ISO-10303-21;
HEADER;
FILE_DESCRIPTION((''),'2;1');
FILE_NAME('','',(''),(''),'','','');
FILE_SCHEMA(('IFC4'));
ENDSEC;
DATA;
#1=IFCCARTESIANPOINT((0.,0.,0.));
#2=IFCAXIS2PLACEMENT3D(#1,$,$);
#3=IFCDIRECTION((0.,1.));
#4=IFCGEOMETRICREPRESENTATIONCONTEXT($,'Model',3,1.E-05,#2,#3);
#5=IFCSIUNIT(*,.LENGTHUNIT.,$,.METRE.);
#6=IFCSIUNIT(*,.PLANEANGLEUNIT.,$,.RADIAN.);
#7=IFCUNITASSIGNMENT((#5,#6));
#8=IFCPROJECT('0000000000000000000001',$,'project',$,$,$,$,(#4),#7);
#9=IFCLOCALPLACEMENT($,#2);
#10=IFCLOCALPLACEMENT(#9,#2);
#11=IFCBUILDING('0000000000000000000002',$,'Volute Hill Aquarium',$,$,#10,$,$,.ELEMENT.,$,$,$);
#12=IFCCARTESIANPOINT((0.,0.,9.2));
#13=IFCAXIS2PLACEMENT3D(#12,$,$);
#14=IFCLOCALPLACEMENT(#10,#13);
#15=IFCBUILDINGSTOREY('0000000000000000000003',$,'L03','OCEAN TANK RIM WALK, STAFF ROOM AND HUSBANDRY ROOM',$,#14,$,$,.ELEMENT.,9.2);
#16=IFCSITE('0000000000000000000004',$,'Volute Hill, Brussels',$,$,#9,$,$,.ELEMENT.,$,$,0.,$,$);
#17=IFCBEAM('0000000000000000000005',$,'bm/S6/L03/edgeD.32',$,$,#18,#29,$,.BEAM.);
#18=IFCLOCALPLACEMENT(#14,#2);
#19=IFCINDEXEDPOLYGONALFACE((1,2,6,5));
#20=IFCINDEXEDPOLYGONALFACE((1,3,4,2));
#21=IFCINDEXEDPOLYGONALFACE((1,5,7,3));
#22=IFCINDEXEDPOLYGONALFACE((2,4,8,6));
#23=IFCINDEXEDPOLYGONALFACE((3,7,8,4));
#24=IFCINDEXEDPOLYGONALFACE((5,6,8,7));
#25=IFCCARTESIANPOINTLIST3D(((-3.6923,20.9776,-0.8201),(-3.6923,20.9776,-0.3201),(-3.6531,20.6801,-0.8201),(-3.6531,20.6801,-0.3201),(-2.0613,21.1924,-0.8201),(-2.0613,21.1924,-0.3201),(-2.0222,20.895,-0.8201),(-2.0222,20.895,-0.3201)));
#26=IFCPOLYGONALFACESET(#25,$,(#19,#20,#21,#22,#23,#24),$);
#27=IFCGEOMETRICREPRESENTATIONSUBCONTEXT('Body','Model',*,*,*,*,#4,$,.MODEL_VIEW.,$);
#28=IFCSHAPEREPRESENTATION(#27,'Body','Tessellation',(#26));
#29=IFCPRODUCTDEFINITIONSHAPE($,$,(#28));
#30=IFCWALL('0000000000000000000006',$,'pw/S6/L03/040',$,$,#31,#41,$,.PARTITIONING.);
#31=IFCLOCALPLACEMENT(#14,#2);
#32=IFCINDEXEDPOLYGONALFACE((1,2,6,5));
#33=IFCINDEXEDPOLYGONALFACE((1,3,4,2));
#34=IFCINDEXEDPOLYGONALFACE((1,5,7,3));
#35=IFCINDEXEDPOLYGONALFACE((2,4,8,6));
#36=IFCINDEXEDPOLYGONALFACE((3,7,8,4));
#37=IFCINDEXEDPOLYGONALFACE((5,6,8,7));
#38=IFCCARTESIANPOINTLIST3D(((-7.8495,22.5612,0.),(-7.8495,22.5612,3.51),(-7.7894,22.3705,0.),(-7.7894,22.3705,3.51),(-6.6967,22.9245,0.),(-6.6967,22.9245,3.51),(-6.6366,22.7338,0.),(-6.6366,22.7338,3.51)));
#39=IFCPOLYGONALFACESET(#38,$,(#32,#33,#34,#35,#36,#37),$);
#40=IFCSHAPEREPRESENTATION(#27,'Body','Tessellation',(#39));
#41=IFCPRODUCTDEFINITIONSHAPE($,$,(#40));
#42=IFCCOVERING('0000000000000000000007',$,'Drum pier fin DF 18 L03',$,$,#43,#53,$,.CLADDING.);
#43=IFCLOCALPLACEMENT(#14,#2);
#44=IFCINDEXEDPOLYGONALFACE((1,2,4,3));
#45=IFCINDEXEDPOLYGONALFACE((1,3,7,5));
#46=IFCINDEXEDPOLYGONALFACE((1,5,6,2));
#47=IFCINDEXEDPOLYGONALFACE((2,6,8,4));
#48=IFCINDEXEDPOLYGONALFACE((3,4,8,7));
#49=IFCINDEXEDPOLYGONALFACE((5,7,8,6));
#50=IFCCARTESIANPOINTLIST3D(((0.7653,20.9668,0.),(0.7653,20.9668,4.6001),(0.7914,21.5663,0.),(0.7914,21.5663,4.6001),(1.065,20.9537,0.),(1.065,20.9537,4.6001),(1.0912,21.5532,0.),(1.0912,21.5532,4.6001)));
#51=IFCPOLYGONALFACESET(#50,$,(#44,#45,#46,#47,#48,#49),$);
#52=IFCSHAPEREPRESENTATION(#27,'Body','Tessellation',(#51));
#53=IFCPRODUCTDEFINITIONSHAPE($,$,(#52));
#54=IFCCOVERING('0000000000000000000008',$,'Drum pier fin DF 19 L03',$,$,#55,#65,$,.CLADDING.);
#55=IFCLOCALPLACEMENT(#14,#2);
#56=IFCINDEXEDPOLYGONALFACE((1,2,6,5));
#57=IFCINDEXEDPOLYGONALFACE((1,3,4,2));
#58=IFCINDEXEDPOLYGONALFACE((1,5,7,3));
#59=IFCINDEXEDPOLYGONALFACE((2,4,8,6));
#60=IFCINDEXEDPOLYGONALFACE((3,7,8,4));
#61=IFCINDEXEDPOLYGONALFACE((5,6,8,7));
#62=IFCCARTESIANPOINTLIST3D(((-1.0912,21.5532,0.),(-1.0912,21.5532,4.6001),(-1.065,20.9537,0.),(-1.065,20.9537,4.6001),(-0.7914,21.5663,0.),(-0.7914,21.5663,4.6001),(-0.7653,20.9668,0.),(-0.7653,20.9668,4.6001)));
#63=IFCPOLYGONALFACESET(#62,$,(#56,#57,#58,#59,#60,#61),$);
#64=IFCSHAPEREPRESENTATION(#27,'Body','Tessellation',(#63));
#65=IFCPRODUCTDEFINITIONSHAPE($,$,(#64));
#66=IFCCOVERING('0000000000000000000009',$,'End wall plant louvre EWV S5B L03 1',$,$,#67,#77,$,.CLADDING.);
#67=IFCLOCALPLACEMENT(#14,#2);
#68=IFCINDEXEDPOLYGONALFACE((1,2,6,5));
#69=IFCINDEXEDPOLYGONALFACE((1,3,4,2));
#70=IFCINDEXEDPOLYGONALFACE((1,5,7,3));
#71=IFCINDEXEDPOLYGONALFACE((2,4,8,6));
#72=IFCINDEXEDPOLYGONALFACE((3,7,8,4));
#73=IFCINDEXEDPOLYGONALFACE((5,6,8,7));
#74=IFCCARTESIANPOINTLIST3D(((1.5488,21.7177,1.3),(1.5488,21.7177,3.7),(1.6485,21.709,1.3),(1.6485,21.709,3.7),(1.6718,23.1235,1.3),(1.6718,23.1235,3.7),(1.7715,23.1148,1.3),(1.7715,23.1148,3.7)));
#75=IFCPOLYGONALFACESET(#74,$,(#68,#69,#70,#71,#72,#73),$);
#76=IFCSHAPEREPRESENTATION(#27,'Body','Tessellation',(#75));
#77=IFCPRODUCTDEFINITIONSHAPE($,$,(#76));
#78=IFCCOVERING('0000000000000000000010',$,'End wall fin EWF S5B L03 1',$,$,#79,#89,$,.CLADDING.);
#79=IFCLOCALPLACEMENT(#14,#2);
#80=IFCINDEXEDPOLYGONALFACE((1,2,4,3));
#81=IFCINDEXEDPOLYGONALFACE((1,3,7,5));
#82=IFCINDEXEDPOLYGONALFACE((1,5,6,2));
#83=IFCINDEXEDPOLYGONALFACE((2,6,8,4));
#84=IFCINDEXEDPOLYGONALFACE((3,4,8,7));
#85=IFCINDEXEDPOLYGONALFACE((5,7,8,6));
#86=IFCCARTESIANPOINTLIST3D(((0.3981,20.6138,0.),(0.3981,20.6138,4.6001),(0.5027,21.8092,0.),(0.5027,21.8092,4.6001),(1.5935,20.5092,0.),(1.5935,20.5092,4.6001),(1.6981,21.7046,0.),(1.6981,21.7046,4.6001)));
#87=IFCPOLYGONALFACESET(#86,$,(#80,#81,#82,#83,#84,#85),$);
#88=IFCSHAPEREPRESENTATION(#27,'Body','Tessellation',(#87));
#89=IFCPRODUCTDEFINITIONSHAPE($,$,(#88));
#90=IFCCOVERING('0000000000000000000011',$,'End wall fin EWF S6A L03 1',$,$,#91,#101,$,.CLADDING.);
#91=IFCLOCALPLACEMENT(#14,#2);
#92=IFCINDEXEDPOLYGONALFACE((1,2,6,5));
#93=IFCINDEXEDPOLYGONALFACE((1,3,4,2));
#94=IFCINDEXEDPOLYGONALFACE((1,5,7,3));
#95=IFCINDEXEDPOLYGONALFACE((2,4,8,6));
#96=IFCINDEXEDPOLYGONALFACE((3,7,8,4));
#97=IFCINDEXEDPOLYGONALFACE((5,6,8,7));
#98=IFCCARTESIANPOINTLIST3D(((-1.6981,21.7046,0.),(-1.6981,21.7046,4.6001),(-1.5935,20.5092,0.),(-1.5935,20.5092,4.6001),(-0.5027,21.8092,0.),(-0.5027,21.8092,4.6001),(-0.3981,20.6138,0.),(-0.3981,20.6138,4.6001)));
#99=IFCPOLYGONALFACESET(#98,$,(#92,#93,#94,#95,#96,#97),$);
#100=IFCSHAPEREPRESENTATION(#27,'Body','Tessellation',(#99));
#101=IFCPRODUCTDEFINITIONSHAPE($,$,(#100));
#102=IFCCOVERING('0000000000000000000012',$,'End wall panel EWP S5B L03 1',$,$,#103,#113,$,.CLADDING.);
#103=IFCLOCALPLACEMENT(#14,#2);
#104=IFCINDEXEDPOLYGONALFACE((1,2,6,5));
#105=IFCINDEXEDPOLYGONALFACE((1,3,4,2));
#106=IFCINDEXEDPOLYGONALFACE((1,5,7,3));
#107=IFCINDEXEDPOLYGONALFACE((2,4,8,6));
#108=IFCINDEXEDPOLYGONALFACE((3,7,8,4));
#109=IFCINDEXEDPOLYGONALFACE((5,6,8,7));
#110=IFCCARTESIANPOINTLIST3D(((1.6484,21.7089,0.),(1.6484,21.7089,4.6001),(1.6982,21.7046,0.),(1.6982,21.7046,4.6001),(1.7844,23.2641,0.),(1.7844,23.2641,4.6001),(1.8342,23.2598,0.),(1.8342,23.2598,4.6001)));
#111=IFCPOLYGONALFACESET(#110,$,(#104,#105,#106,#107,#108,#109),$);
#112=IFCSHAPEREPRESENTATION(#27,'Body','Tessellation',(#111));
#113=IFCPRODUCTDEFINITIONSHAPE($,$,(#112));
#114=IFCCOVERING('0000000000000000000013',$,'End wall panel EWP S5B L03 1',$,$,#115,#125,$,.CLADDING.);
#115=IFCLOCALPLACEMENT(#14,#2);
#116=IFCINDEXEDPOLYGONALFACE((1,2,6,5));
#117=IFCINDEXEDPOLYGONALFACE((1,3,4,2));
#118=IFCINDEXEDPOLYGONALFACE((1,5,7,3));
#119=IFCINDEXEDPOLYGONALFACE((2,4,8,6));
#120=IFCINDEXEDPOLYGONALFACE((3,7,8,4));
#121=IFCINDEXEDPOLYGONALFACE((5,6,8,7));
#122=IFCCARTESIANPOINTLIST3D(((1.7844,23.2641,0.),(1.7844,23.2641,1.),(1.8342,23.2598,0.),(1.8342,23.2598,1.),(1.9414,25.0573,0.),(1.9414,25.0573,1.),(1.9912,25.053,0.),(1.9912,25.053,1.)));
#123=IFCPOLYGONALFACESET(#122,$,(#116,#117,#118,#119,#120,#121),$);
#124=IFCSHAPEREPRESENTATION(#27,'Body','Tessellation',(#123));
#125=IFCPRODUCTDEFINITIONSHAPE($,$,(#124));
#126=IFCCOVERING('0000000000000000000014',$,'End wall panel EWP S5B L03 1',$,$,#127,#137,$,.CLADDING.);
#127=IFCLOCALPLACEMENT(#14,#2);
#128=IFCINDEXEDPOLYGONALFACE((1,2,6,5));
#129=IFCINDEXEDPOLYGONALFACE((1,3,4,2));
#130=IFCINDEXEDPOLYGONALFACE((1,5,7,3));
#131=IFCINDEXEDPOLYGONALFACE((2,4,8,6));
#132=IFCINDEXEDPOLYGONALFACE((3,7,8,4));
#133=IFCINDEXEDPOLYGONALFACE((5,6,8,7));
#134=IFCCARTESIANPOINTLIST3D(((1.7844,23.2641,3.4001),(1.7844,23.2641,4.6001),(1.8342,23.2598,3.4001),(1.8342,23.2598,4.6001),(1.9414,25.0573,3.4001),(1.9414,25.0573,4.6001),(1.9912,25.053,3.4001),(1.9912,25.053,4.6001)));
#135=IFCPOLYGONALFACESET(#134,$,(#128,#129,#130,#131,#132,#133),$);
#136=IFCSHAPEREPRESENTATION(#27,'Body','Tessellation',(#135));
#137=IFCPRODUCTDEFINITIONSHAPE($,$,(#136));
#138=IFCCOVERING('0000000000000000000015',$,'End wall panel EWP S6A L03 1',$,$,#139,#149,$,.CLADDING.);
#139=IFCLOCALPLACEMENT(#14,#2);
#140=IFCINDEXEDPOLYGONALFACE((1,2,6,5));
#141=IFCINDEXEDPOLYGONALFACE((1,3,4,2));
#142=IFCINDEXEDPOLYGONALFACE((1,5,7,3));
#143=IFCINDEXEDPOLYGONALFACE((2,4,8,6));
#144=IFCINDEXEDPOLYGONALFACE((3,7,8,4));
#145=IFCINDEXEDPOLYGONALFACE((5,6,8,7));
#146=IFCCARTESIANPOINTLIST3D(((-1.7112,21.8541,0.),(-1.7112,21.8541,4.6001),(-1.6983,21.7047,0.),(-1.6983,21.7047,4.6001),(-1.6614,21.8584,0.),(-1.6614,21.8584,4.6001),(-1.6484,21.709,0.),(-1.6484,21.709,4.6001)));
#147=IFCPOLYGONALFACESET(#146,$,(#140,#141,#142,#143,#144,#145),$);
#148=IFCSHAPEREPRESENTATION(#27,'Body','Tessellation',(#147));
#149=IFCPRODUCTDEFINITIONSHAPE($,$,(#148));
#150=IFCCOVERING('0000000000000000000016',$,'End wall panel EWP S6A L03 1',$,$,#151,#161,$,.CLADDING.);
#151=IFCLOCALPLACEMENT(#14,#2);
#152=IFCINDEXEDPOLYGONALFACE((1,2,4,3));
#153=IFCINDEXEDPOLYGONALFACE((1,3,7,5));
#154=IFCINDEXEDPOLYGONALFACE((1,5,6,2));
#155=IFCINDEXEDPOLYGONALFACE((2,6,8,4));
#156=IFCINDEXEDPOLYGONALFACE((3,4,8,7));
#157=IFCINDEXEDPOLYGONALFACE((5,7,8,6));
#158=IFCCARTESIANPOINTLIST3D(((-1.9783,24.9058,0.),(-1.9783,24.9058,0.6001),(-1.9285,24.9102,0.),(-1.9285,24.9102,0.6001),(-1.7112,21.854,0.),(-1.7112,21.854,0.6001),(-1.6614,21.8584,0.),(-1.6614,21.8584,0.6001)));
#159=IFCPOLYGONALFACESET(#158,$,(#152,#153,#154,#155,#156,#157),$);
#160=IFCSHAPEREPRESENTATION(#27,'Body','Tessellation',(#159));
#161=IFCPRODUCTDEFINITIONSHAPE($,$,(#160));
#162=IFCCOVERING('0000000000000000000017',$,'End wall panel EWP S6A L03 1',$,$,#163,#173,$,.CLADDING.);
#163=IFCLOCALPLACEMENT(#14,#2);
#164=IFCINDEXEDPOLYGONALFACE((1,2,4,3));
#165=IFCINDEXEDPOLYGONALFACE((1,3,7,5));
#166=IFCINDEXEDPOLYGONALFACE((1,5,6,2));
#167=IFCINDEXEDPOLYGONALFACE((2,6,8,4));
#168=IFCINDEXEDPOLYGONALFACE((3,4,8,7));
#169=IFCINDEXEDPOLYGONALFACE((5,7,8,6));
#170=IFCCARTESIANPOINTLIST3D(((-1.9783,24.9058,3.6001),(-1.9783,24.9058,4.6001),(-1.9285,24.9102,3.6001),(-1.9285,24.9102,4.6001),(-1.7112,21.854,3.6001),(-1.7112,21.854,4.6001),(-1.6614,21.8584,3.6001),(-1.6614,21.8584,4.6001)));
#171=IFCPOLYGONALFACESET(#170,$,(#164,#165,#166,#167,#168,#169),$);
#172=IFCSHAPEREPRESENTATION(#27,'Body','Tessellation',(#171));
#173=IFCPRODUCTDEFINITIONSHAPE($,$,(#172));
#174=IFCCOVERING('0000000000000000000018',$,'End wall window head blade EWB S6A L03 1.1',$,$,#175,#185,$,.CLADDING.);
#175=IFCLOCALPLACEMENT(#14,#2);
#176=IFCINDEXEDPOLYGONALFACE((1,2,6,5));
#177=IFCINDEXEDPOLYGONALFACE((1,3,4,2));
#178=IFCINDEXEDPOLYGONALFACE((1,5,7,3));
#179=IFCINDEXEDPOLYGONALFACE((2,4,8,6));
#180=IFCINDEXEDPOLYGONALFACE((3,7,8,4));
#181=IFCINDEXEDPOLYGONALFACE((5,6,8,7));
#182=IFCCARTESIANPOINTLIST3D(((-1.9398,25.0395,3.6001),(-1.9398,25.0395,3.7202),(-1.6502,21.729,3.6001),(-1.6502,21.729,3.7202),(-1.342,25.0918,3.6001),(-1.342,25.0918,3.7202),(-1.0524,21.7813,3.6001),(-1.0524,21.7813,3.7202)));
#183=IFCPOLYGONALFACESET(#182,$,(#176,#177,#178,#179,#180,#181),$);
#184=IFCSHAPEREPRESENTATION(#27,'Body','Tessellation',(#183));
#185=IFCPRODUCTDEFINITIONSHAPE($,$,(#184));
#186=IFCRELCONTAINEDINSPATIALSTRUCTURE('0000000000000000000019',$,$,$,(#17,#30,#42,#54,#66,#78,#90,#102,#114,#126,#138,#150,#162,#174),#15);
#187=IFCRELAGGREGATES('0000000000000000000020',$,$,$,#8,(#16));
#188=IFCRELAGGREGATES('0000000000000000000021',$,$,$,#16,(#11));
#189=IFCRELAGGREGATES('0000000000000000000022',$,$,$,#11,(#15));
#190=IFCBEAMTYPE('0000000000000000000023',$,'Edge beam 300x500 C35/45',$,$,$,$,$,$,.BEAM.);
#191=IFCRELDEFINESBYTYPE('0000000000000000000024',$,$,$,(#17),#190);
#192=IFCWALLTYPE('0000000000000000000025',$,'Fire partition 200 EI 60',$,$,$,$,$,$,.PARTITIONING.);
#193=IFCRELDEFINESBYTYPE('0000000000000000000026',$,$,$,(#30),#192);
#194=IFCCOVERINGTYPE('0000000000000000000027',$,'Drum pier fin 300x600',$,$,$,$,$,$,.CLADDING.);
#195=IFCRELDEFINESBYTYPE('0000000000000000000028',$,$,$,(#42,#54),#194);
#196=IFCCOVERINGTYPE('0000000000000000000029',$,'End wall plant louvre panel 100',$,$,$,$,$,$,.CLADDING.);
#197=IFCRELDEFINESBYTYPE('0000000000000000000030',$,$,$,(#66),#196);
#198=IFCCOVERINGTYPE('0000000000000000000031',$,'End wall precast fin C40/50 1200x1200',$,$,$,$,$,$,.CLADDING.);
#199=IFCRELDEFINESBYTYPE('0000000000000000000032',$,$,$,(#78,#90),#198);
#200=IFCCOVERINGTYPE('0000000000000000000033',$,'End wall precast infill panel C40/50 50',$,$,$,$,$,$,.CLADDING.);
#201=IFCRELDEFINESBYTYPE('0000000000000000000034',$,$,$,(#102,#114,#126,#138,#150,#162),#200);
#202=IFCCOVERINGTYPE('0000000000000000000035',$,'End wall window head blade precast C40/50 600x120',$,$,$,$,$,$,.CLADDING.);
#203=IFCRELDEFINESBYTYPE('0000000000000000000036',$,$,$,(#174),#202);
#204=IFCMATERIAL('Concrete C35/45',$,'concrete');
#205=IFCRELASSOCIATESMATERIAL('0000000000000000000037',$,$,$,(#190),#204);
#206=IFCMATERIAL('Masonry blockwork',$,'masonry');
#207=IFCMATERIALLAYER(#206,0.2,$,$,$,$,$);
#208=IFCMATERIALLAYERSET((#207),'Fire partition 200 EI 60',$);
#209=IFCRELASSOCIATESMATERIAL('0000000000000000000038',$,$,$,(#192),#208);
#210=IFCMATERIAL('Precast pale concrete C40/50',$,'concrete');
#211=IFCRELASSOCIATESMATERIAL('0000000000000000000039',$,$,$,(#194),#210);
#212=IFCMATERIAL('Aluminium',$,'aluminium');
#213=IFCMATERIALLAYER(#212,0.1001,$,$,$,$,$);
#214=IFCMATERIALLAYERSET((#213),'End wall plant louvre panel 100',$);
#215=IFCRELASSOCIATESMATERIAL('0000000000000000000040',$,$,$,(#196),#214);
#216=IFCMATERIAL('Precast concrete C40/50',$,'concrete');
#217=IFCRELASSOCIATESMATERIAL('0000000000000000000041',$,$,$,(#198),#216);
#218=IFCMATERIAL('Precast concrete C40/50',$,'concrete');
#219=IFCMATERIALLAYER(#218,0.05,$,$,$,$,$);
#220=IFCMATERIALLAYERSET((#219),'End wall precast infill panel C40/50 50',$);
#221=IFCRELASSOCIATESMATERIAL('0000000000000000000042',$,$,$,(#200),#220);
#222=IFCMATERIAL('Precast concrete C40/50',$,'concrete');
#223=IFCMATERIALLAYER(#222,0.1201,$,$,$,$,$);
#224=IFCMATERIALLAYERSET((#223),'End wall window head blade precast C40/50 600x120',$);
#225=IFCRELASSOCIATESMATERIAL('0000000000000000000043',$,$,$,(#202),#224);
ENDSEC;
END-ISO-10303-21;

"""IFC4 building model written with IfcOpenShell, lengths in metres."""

from ifc_helpers import new_model, si_unit, direction, frame, frame_2d, origin, origin_2d, place, context, subcontext, project, spatial, polyline, rectangle, outline, extrude, material, layer, layer_set, material_profile, profile_set, type_object, element, save


model = new_model("IFC4")

# Units and contexts
model_context = context("Model", 3, precision=1e-05, world=origin(), true_north=direction((0.0, 1.0)))
body_context = subcontext(model_context, "Body", "Model", "MODEL_VIEW")
ifc_project = project(units=[si_unit("LENGTHUNIT", "METRE"), si_unit("PLANEANGLEUNIT", "RADIAN")], contexts=[model_context])

# Site, building, storey
site_placement = place(None, origin())
site = spatial("IfcSite", under=ifc_project, at=site_placement, Name="Volute Hill, Brussels", CompositionType="ELEMENT", RefElevation=0.0)
building_placement = place(site_placement, origin())
building = spatial("IfcBuilding", under=site, at=building_placement, Name="Volute Hill Aquarium", CompositionType="ELEMENT")
storey_placement = place(building_placement, frame((0.0, 0.0, 9.2)))
storey = spatial("IfcBuildingStorey", under=building, at=storey_placement, Name="L03", Description="OCEAN TANK RIM WALK, STAFF ROOM AND HUSBANDRY ROOM", CompositionType="ELEMENT", Elevation=9.2)

# Beam
ifc_material_1 = material(Name="Concrete C35/45", Category="concrete")
ifc_material_profile = material_profile(ifc_material_1, rectangle(XDim=0.3, YDim=0.5, at=origin_2d()), Name="RC edge beam 300x500")
ifc_profile_set = profile_set([ifc_material_profile], Name="Concrete C35/45")
beam_type = type_object("IfcBeamType", Name="Edge beam 300x500 C35/45", PredefinedType="BEAM", material=ifc_profile_set)
beam_placement = place(storey_placement, frame((-2.0417, 21.0437, -0.5701), z_axis=(-0.991434, -0.130608, 0.0), x_axis=(0.130608, -0.991434, 0.0)))
element("IfcBeam", 1, at=beam_placement, inside=storey, type_object=beam_type, Name="bm/S6/L03/edgeD.32", PredefinedType="BEAM", context=body_context, shape_type="SweptSolid", body=[
    extrude(rectangle(XDim=0.3, YDim=0.5, at=origin_2d()), origin(), (0.0, 0.0, 1.0), 1.645),
])

# Shared definitions
ifc_material_2 = material(Name="Masonry blockwork", Category="masonry")
ifc_layer_1 = layer(ifc_material_2, 0.2)
ifc_layer_set_1 = layer_set([ifc_layer_1], Name="Fire partition 200 EI 60")
wall_type = type_object("IfcWallType", Name="Fire partition 200 EI 60", PredefinedType="PARTITIONING", material=ifc_layer_set_1)

# Wall
wall_1_placement = place(storey_placement, frame((-7.8196, 22.4658, 0.0), z_axis=(0.0, 0.0, 1.0), x_axis=(0.953766, 0.300551, 0.0)))
element("IfcWall", 2, at=wall_1_placement, inside=storey, type_object=wall_type, Name="pw/S6/L03/040", PredefinedType="PARTITIONING", context=body_context, shape_type="SweptSolid", body=[
    extrude(rectangle(XDim=1.2087, YDim=0.2, at=frame_2d((0.6045, 0.0))), origin(), (0.0, 0.0, 1.0), 3.51),
])

# Coverings
ifc_material_3 = material(Name="Precast pale concrete C40/50", Category="concrete")
covering_type_1 = type_object("IfcCoveringType", Name="Drum pier fin 300x600", PredefinedType="CLADDING", material=ifc_material_3)
for number, where, z_axis, x_axis, name in (
    (3, (0.9282, 21.26, 0.0), (0.0, 0.0, 1.0), (-0.999048, 0.043619, 0.0), "Drum pier fin DF 18 L03"),
    (4, (-0.9282, 21.26, 0.0), (0.0, 0.0, 1.0), (-0.999048, -0.043619, 0.0), "Drum pier fin DF 19 L03"),
):
    element("IfcCovering", number, at=place(storey_placement, frame(where, z_axis=z_axis, x_axis=x_axis)), inside=storey, type_object=covering_type_1, Name=name, PredefinedType="CLADDING", context=body_context, shape_type="SweptSolid", body=[
        extrude(rectangle(XDim=0.3, YDim=0.6001, at=origin_2d()), origin(), (0.0, 0.0, 1.0), 4.6001),
    ])
ifc_material_4 = material(Name="Aluminium", Category="aluminium")
ifc_layer_2 = layer(ifc_material_4, 0.1001)
ifc_layer_set_2 = layer_set([ifc_layer_2], Name="End wall plant louvre panel 100")
covering_type_2 = type_object("IfcCoveringType", Name="End wall plant louvre panel 100", PredefinedType="CLADDING", material=ifc_layer_set_2)
covering_1_placement = place(storey_placement, frame((1.6602, 22.4163, 1.3), z_axis=(0.0, 0.0, 1.0), x_axis=(0.087154, 0.996195, 0.0)))
element("IfcCovering", 5, at=covering_1_placement, inside=storey, type_object=covering_type_2, Name="End wall plant louvre EWV S5B L03 1", PredefinedType="CLADDING", context=body_context, shape_type="SweptSolid", body=[
    extrude(rectangle(XDim=1.4111, YDim=0.1001, at=origin_2d()), origin(), (0.0, 0.0, 1.0), 2.3999),
])
ifc_material_5 = material(Name="Precast concrete C40/50", Category="concrete")
covering_type_3 = type_object("IfcCoveringType", Name="End wall precast fin C40/50 1200x1200", PredefinedType="CLADDING", material=ifc_material_5)
for number, where, z_axis, x_axis, name in (
    (6, (1.0481, 21.1592, 0.0), (0.0, 0.0, 1.0), (0.087154, 0.996195, 0.0), "End wall fin EWF S5B L03 1"),
    (7, (-1.0481, 21.1592, 0.0), (0.0, 0.0, 1.0), (-0.087155, 0.996195, 0.0), "End wall fin EWF S6A L03 1"),
):
    element("IfcCovering", number, at=place(storey_placement, frame(where, z_axis=z_axis, x_axis=x_axis)), inside=storey, type_object=covering_type_3, Name=name, PredefinedType="CLADDING", context=body_context, shape_type="SweptSolid", body=[
        extrude(rectangle(XDim=1.2, YDim=1.2, at=origin_2d()), origin(), (0.0, 0.0, 1.0), 4.6001),
    ])
ifc_material_6 = material(Name="Precast concrete C40/50", Category="concrete")
ifc_layer_3 = layer(ifc_material_6, 0.05)
ifc_layer_set_3 = layer_set([ifc_layer_3], Name="End wall precast infill panel C40/50 50")
covering_type_4 = type_object("IfcCoveringType", Name="End wall precast infill panel C40/50 50", PredefinedType="CLADDING", material=ifc_layer_set_3)
covering_2_placement = place(storey_placement, frame((1.6982, 21.7046, 0.0), z_axis=(0.996199, -0.087109, 0.0), x_axis=(0.087109, 0.996199, 0.0)))
element("IfcCovering", 8, at=covering_2_placement, inside=storey, type_object=covering_type_4, Name="End wall panel EWP S5B L03 1", PredefinedType="CLADDING", context=body_context, shape_type="SweptSolid", body=[
    extrude(outline(polyline([(0.0, 0.0), (1.5611, 0.0), (1.5611, 4.6001), (0.0, 4.6001), (0.0, 0.0)])), origin(), (0.0, 0.0, -1.0), 0.05),
])
covering_3_placement = place(storey_placement, frame((1.8342, 23.2598, 0.0), z_axis=(0.99619, -0.087209, 0.0), x_axis=(0.087209, 0.99619, 0.0)))
element("IfcCovering", 9, at=covering_3_placement, inside=storey, type_object=covering_type_4, Name="End wall panel EWP S5B L03 1", PredefinedType="CLADDING", context=body_context, shape_type="SweptSolid", body=[
    extrude(outline(polyline([(0.0, 0.0), (1.8001, 0.0), (1.8001, 1.0), (0.0, 1.0), (0.0, 0.0)])), origin(), (0.0, 0.0, -1.0), 0.05),
])
covering_4_placement = place(storey_placement, frame((1.8342, 23.2598, 3.4001), z_axis=(0.99619, -0.087209, 0.0), x_axis=(0.087209, 0.99619, 0.0)))
element("IfcCovering", 10, at=covering_4_placement, inside=storey, type_object=covering_type_4, Name="End wall panel EWP S5B L03 1", PredefinedType="CLADDING", context=body_context, shape_type="SweptSolid", body=[
    extrude(outline(polyline([(0.0, 0.0), (1.8001, 0.0), (1.8001, 1.2), (0.0, 1.2), (0.0, 0.0)])), origin(), (0.0, 0.0, -1.0), 0.05),
])
covering_5_placement = place(storey_placement, frame((-1.6484, 21.709, 0.0), z_axis=(0.996271, 0.086278, 0.0), x_axis=(-0.086278, 0.996271, 0.0)))
element("IfcCovering", 11, at=covering_5_placement, inside=storey, type_object=covering_type_4, Name="End wall panel EWP S6A L03 1", PredefinedType="CLADDING", context=body_context, shape_type="SweptSolid", body=[
    extrude(outline(polyline([(0.0, 0.0), (0.15, 0.0), (0.15, 4.6001), (0.0, 4.6001), (0.0, 0.0)])), origin(), (0.0, 0.0, -1.0), 0.05),
])
covering_6_placement = place(storey_placement, frame((-1.6614, 21.8584, 0.0), z_axis=(0.996192, 0.087187, 0.0), x_axis=(-0.087187, 0.996192, 0.0)))
element("IfcCovering", 12, at=covering_6_placement, inside=storey, type_object=covering_type_4, Name="End wall panel EWP S6A L03 1", PredefinedType="CLADDING", context=body_context, shape_type="SweptSolid", body=[
    extrude(outline(polyline([(0.0, 0.0), (3.0634, 0.0), (3.0634, 0.6001), (0.0, 0.6001), (0.0, 0.0)])), origin(), (0.0, 0.0, -1.0), 0.05),
])
covering_7_placement = place(storey_placement, frame((-1.6614, 21.8584, 3.6001), z_axis=(0.996192, 0.087187, 0.0), x_axis=(-0.087187, 0.996192, 0.0)))
element("IfcCovering", 13, at=covering_7_placement, inside=storey, type_object=covering_type_4, Name="End wall panel EWP S6A L03 1", PredefinedType="CLADDING", context=body_context, shape_type="SweptSolid", body=[
    extrude(outline(polyline([(0.0, 0.0), (3.0634, 0.0), (3.0634, 1.0), (0.0, 1.0), (0.0, 0.0)])), origin(), (0.0, 0.0, -1.0), 0.05),
])
ifc_material_7 = material(Name="Precast concrete C40/50", Category="concrete")
ifc_layer_4 = layer(ifc_material_7, 0.1201)
ifc_layer_set_4 = layer_set([ifc_layer_4], Name="End wall window head blade precast C40/50 600x120")
covering_type_5 = type_object("IfcCoveringType", Name="End wall window head blade precast C40/50 600x120", PredefinedType="CLADDING", material=ifc_layer_set_4)
covering_8_placement = place(storey_placement, frame((-1.4961, 23.4104, 3.6001), z_axis=(0.0, 0.0, 1.0), x_axis=(-0.087155, 0.996195, 0.0)))
element("IfcCovering", 14, at=covering_8_placement, inside=storey, type_object=covering_type_5, Name="End wall window head blade EWB S6A L03 1.1", PredefinedType="CLADDING", context=body_context, shape_type="SweptSolid", body=[
    extrude(rectangle(XDim=3.3232, YDim=0.6001, at=origin_2d()), origin(), (0.0, 0.0, 1.0), 0.1201),
])

save(model, "model.ifc")
